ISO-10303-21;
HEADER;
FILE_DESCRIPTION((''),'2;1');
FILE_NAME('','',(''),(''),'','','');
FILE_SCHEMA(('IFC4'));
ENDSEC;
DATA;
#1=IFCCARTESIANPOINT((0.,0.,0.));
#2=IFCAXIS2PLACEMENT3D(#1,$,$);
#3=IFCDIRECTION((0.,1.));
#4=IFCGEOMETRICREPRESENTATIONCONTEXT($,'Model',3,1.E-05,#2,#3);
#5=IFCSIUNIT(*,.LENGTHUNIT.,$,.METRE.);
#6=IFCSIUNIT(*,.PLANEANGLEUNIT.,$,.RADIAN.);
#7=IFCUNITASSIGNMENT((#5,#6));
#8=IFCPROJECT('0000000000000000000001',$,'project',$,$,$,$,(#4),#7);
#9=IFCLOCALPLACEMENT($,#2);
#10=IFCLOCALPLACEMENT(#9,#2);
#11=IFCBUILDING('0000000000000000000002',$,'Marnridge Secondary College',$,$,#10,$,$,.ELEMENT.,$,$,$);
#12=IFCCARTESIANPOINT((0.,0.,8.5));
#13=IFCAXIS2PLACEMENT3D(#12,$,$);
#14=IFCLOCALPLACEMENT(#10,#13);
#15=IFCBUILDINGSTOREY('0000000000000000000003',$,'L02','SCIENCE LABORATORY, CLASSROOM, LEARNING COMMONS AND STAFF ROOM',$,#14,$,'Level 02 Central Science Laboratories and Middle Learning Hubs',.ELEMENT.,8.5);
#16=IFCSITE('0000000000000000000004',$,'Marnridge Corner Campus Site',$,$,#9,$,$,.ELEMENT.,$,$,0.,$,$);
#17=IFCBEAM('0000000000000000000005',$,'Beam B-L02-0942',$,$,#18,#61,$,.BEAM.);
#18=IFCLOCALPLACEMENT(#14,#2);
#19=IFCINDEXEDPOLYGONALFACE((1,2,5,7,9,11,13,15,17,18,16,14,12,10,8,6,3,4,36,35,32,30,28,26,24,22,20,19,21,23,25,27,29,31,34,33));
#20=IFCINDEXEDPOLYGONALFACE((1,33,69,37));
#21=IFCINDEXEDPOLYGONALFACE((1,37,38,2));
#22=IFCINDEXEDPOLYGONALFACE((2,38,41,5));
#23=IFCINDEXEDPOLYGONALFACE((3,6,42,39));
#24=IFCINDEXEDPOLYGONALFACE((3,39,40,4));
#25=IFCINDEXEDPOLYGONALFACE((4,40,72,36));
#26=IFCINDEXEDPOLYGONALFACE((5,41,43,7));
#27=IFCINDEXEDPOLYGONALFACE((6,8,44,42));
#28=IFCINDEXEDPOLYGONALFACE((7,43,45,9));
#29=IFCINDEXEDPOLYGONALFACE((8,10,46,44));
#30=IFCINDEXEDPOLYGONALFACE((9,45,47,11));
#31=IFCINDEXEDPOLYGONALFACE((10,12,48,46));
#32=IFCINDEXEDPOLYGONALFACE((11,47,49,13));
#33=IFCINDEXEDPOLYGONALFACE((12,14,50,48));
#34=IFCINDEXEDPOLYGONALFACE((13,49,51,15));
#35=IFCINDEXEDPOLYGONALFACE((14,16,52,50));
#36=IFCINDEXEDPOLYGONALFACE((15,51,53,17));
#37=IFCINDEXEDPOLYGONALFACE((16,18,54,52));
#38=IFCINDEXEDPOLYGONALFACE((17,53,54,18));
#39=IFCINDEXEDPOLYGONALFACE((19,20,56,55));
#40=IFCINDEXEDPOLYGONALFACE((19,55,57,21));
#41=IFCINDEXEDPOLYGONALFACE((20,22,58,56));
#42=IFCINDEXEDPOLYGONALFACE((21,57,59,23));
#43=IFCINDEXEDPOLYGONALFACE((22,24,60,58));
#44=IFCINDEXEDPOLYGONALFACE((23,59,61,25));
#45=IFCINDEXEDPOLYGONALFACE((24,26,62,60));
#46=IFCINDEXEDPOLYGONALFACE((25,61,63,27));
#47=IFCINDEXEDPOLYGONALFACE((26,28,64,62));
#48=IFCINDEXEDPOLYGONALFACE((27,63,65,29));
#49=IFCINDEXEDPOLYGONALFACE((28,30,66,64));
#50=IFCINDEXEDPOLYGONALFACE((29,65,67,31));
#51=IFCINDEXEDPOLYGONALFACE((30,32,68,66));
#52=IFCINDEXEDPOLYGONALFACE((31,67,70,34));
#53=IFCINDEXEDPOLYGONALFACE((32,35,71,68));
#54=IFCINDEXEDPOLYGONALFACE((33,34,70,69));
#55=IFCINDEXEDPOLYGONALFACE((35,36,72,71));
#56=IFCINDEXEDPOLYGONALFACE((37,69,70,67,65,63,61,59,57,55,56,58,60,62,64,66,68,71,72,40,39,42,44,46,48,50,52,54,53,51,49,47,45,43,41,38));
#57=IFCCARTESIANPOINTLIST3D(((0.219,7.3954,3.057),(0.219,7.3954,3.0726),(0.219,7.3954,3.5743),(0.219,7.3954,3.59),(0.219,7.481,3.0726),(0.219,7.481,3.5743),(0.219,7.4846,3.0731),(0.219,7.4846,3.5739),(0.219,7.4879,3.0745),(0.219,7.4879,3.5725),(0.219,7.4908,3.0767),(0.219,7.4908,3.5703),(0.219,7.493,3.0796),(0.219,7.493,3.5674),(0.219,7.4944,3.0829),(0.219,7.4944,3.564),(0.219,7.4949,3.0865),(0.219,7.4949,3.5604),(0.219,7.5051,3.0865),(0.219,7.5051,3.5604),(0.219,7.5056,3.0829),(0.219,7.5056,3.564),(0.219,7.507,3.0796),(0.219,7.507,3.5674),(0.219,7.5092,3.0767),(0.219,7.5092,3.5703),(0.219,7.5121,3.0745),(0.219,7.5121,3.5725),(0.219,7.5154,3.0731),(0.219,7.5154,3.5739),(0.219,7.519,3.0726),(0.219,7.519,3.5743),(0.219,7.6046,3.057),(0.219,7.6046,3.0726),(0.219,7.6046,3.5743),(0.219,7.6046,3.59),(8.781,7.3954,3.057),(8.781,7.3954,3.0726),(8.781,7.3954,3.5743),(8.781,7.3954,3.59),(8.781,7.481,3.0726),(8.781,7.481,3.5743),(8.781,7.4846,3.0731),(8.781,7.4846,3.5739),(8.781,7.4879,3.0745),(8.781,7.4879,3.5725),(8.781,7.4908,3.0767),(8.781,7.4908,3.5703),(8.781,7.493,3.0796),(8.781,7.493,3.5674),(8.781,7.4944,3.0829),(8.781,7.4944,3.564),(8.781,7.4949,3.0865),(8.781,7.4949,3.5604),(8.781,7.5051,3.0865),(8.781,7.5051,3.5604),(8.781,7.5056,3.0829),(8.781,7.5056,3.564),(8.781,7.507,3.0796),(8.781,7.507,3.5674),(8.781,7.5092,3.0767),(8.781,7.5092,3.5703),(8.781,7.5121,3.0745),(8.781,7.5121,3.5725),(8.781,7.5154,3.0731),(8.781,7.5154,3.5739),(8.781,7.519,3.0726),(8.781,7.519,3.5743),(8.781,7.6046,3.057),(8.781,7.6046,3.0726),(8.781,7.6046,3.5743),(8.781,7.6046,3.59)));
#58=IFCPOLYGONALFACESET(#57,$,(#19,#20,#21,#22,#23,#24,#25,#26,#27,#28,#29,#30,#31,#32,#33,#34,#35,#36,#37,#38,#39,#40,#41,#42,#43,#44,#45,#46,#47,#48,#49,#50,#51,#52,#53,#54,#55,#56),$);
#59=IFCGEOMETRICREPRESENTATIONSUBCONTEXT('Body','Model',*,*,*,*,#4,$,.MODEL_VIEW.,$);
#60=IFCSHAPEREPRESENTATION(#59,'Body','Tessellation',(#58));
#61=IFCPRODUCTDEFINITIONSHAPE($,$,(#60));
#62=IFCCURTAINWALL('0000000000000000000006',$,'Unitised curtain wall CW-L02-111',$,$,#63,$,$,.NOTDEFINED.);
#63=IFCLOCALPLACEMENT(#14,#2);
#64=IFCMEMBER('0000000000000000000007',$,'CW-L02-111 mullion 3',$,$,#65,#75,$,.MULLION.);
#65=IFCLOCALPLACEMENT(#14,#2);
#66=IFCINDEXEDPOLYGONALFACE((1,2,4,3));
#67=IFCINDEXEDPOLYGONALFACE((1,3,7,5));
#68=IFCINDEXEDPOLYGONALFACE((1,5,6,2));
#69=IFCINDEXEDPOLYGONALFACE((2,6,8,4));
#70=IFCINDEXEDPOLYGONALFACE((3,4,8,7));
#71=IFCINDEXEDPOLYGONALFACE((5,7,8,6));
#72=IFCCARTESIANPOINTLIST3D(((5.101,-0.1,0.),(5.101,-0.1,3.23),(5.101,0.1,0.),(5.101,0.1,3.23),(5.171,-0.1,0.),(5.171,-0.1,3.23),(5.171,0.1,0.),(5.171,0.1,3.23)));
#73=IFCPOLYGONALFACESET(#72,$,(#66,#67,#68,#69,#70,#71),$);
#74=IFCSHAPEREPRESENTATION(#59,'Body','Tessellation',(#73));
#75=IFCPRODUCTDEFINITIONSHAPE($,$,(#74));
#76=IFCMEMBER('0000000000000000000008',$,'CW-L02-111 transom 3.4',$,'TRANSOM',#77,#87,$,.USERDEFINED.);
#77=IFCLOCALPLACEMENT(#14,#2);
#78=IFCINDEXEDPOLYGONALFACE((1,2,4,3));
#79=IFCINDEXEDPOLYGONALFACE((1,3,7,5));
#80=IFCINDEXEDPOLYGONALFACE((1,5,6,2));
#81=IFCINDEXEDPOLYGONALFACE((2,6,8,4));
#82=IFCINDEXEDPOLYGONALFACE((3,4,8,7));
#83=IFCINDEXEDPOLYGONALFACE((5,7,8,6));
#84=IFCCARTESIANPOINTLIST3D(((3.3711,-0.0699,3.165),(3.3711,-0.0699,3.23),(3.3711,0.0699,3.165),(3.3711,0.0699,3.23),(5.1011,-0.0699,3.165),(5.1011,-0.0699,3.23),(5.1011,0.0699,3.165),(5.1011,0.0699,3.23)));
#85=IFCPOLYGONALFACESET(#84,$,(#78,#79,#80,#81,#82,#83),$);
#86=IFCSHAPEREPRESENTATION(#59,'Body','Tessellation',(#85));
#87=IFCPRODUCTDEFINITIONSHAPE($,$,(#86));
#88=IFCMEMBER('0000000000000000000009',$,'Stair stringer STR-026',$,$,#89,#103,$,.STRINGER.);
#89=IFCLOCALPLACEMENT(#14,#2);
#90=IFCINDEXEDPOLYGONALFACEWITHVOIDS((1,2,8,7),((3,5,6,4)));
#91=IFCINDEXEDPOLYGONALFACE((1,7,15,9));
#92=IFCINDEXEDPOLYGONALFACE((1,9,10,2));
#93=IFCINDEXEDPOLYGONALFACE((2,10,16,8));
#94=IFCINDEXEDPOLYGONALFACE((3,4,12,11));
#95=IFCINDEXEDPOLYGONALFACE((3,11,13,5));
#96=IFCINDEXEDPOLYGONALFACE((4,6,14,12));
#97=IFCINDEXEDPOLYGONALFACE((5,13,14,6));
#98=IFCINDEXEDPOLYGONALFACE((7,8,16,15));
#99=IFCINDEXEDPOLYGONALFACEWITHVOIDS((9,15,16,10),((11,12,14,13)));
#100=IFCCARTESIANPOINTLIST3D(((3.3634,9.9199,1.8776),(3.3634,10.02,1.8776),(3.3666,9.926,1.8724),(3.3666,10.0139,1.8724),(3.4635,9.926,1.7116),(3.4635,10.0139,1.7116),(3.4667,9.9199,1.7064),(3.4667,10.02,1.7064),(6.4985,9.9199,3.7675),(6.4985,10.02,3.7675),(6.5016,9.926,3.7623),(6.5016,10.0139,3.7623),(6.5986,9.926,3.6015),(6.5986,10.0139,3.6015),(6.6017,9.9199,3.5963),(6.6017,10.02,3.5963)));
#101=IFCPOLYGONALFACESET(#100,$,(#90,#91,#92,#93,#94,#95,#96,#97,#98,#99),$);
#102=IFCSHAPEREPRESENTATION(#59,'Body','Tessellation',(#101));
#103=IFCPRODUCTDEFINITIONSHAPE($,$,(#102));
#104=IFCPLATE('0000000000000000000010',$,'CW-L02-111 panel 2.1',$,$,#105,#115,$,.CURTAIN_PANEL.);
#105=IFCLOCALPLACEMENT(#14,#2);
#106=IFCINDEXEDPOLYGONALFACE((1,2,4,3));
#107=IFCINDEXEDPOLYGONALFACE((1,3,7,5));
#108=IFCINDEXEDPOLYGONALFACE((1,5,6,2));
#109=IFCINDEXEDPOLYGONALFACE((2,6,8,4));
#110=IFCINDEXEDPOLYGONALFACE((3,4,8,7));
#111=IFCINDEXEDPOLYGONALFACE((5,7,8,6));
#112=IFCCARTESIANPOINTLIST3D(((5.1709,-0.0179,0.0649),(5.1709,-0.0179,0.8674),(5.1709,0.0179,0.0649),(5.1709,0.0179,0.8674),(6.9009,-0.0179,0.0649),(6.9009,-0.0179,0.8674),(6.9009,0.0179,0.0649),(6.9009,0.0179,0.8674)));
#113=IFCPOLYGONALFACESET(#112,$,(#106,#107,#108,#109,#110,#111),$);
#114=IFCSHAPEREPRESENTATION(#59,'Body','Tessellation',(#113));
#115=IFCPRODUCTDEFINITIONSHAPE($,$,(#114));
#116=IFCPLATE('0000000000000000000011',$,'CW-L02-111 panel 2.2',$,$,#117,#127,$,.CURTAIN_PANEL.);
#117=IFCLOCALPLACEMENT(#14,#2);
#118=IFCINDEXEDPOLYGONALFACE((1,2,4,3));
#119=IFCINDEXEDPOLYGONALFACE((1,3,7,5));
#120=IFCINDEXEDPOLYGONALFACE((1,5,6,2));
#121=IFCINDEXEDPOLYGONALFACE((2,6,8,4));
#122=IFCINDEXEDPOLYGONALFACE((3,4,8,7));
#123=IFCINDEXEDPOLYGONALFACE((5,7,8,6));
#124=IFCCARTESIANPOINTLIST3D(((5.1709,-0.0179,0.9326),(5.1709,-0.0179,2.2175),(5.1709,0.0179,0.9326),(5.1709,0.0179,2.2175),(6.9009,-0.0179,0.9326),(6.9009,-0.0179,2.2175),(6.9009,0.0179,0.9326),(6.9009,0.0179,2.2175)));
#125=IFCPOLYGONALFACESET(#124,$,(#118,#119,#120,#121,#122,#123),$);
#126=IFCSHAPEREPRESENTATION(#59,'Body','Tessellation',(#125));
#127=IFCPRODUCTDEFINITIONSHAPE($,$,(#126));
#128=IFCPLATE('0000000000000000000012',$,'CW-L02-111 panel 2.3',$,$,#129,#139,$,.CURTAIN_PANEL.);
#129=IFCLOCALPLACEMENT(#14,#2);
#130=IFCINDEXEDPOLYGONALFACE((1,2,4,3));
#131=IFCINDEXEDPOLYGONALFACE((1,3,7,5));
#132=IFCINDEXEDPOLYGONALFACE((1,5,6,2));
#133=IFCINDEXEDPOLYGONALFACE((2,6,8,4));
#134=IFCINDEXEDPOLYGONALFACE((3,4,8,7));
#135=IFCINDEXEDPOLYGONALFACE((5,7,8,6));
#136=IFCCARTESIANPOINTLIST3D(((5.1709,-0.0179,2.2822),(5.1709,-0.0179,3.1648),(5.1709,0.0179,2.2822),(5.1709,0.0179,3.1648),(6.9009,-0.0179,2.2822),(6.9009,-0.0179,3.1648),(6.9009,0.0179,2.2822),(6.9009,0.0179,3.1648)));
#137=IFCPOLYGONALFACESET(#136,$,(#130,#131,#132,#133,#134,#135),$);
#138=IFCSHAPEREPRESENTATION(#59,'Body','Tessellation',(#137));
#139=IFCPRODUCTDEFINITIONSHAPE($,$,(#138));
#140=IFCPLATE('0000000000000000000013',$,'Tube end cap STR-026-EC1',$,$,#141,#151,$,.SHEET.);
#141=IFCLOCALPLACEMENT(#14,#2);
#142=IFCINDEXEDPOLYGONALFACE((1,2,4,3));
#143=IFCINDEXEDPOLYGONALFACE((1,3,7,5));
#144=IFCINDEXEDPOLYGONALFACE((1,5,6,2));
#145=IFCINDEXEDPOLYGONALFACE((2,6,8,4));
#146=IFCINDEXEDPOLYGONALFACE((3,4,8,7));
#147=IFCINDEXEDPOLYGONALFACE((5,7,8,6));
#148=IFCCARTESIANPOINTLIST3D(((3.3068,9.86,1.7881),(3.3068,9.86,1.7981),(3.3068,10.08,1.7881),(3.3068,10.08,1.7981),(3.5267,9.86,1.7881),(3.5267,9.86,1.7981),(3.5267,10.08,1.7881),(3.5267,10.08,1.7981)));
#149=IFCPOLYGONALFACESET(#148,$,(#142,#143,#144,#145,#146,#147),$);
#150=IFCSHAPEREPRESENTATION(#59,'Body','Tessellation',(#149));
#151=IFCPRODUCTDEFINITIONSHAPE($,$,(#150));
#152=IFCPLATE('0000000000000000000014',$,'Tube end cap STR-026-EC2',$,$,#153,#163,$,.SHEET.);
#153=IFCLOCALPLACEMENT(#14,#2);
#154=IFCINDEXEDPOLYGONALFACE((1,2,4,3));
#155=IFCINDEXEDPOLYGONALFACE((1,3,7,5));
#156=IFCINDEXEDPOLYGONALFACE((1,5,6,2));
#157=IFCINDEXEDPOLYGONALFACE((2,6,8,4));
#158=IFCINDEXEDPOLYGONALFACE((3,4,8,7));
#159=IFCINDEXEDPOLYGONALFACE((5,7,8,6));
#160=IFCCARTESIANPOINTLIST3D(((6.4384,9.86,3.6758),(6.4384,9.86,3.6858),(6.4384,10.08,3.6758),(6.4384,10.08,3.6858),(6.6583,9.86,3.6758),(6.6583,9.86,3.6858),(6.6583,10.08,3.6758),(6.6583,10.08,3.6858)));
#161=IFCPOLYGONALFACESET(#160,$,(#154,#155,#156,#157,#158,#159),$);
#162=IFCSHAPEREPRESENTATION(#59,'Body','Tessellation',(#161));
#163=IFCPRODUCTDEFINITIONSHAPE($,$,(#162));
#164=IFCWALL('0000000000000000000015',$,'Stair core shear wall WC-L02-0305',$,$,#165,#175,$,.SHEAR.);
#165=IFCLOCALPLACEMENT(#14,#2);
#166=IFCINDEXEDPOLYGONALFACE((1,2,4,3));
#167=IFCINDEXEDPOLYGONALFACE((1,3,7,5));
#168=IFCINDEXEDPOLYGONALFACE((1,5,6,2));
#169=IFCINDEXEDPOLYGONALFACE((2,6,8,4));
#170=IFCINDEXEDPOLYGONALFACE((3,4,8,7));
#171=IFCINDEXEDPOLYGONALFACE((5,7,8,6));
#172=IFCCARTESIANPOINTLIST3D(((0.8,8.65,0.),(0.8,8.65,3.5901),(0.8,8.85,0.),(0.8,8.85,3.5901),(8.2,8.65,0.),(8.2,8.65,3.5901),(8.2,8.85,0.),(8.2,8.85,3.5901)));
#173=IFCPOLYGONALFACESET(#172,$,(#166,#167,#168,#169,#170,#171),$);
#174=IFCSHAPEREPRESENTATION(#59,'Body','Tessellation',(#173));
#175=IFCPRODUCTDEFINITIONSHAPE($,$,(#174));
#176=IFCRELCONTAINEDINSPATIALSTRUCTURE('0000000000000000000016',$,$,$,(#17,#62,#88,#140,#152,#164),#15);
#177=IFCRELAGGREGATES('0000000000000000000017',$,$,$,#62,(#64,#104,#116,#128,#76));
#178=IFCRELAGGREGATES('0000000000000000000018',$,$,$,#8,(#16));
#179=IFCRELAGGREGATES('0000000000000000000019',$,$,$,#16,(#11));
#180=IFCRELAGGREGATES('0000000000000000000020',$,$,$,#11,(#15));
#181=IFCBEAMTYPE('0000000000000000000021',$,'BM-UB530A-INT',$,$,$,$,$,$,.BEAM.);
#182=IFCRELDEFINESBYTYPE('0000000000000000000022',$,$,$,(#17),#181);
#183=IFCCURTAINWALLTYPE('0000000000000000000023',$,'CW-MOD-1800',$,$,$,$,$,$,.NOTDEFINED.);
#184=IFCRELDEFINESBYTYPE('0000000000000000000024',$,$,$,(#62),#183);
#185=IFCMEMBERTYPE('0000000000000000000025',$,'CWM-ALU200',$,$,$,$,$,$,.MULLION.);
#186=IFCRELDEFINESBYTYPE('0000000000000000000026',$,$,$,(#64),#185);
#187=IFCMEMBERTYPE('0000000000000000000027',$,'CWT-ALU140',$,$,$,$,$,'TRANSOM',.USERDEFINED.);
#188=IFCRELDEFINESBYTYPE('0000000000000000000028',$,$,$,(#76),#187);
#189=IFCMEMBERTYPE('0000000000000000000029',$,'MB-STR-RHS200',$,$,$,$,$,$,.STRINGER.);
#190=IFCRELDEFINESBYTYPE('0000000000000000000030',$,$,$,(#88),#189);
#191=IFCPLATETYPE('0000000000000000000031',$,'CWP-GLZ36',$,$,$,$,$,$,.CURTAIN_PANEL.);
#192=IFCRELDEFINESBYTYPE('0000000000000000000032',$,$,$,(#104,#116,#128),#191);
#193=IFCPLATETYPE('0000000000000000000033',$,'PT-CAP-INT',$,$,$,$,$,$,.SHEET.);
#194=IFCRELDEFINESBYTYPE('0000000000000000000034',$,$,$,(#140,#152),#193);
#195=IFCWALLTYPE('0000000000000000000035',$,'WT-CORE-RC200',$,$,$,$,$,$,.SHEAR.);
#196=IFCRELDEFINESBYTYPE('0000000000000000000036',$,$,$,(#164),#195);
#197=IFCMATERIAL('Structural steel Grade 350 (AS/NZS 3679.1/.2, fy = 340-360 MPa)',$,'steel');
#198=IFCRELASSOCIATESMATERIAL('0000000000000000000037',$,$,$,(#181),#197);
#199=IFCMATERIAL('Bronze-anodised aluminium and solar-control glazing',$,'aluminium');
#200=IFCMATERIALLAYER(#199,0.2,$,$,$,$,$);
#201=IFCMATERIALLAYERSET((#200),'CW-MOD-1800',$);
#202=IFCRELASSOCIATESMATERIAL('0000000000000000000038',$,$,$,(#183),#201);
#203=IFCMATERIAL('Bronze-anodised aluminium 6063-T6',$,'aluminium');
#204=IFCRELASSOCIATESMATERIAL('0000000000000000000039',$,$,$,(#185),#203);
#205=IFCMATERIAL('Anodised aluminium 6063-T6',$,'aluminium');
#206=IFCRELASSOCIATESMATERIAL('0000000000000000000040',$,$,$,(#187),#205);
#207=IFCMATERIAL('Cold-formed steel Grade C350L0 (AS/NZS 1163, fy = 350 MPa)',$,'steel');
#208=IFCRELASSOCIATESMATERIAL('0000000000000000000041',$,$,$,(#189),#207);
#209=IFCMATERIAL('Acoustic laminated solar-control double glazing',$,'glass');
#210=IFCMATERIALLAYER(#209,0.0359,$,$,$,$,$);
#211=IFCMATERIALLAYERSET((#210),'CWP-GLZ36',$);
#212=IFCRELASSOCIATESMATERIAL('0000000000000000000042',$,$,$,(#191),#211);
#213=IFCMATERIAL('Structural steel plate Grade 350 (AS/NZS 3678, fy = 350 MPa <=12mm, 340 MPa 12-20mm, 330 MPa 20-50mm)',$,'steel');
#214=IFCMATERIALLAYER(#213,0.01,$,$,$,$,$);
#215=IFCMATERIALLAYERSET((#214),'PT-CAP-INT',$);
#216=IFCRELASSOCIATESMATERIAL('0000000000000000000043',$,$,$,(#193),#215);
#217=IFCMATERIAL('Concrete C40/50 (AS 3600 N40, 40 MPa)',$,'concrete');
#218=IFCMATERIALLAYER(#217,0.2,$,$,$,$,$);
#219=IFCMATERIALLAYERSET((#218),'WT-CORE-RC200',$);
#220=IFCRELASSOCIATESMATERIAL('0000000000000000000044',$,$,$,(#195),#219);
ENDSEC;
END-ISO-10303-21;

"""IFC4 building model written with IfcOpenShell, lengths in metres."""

from ifc_helpers import new_model, si_unit, direction, frame, frame_2d, origin, origin_2d, place, context, subcontext, project, spatial, rectangle, hollow_rectangle, i_section, extrude, material, layer, layer_set, material_profile, profile_set, type_object, element, aggregate, save


model = new_model("IFC4")

# Units and contexts
model_context = context("Model", 3, precision=1e-05, world=origin(), true_north=direction((0.0, 1.0)))
body_context = subcontext(model_context, "Body", "Model", "MODEL_VIEW")
ifc_project = project(units=[si_unit("LENGTHUNIT", "METRE"), si_unit("PLANEANGLEUNIT", "RADIAN")], contexts=[model_context])

# Site, building, storey
site_placement = place(None, origin())
site = spatial("IfcSite", under=ifc_project, at=site_placement, Name="Marnridge Corner Campus Site", CompositionType="ELEMENT", RefElevation=0.0)
building_placement = place(site_placement, origin())
building = spatial("IfcBuilding", under=site, at=building_placement, Name="Marnridge Secondary College", CompositionType="ELEMENT")
storey_placement = place(building_placement, frame((0.0, 0.0, 8.5)))
storey = spatial("IfcBuildingStorey", under=building, at=storey_placement, Name="L02", Description="SCIENCE LABORATORY, CLASSROOM, LEARNING COMMONS AND STAFF ROOM", LongName="Level 02 Central Science Laboratories and Middle Learning Hubs", CompositionType="ELEMENT", Elevation=8.5)

# Beam
ifc_material_1 = material(Name="Structural steel Grade 350 (AS/NZS 3679.1/.2, fy = 340-360 MPa)", Category="steel")
ifc_material_profile_1 = material_profile(ifc_material_1, i_section(OverallWidth=0.2092, OverallDepth=0.533, WebThickness=0.0103, FlangeThickness=0.0156, FilletRadius=0.0139, at=origin_2d()), Name="530UB92.4")
ifc_profile_set_1 = profile_set([ifc_material_profile_1], Name="Structural steel Grade 350 (AS/NZS 3679.1/.2, fy = 340-360 MPa)")
beam_type_1 = type_object("IfcBeamType", Name="BM-UB530A-INT", PredefinedType="BEAM", material=ifc_profile_set_1)
beam_1_placement = place(storey_placement, frame((0.219, 7.5, 3.3235), z_axis=(1.0, 0.0, 0.0), x_axis=(0.0, 1.0, 0.0)))
element("IfcBeam", 1, at=beam_1_placement, inside=storey, type_object=beam_type_1, Name="Beam B-L02-0942", PredefinedType="BEAM", context=body_context, shape_type="SweptSolid", body=[
    extrude(i_section(OverallWidth=0.2092, OverallDepth=0.533, WebThickness=0.0103, FlangeThickness=0.0156, FilletRadius=0.0139, at=origin_2d()), origin(), (0.0, 0.0, 1.0), 8.562),
])

# Curtain wall, members
ifc_material_2 = material(Name="Bronze-anodised aluminium and solar-control glazing", Category="aluminium")
ifc_layer_1 = layer(ifc_material_2, 0.2)
ifc_layer_set_1 = layer_set([ifc_layer_1], Name="CW-MOD-1800")
curtain_wall_type = type_object("IfcCurtainWallType", Name="CW-MOD-1800", PredefinedType="NOTDEFINED", material=ifc_layer_set_1)
curtain_wall_placement = place(storey_placement, origin())
curtain_wall = element("IfcCurtainWall", 2, at=curtain_wall_placement, inside=storey, type_object=curtain_wall_type, Name="Unitised curtain wall CW-L02-111", PredefinedType="NOTDEFINED")
ifc_material_3 = material(Name="Bronze-anodised aluminium 6063-T6", Category="aluminium")
ifc_material_profile_2 = material_profile(ifc_material_3, rectangle(XDim=0.0701, YDim=0.2, at=origin_2d()), Name="ALU 70x200")
ifc_profile_set_2 = profile_set([ifc_material_profile_2], Name="Bronze-anodised aluminium 6063-T6")
member_type_1 = type_object("IfcMemberType", Name="CWM-ALU200", PredefinedType="MULLION", material=ifc_profile_set_2)
member_1_placement = place(storey_placement, frame((5.136, 0.0, 0.0), z_axis=(0.0, 0.0, 1.0), x_axis=(-1.0, 0.0, 0.0)))
member_1 = element("IfcMember", 3, at=member_1_placement, type_object=member_type_1, Name="CW-L02-111 mullion 3", PredefinedType="MULLION", context=body_context, shape_type="SweptSolid", body=[
    extrude(rectangle(XDim=0.0701, YDim=0.2, at=origin_2d()), origin(), (0.0, 0.0, 1.0), 3.23),
])
ifc_material_4 = material(Name="Anodised aluminium 6063-T6", Category="aluminium")
ifc_material_profile_3 = material_profile(ifc_material_4, rectangle(XDim=0.0649, YDim=0.1399, at=origin_2d()), Name="ALU 65x140")
ifc_profile_set_3 = profile_set([ifc_material_profile_3], Name="Anodised aluminium 6063-T6")
member_type_2 = type_object("IfcMemberType", Name="CWT-ALU140", ElementType="TRANSOM", PredefinedType="USERDEFINED", material=ifc_profile_set_3)
member_2_placement = place(storey_placement, frame((5.1011, 0.0, 3.1975), z_axis=(-1.0, 0.0, 0.0), x_axis=(0.0, 0.0, 1.0)))
member_2 = element("IfcMember", 4, at=member_2_placement, type_object=member_type_2, Name="CW-L02-111 transom 3.4", ObjectType="TRANSOM", PredefinedType="USERDEFINED", context=body_context, shape_type="SweptSolid", body=[
    extrude(rectangle(XDim=0.0649, YDim=0.1399, at=origin_2d()), origin(), (0.0, 0.0, 1.0), 1.73),
])

# Member
ifc_material_5 = material(Name="Cold-formed steel Grade C350L0 (AS/NZS 1163, fy = 350 MPa)", Category="steel")
ifc_material_profile_4 = material_profile(ifc_material_5, hollow_rectangle(XDim=0.1001, YDim=0.2, WallThickness=0.0061, at=origin_2d()), Name="200x100x6.0RHS")
ifc_profile_set_4 = profile_set([ifc_material_profile_4], Name="Cold-formed steel Grade C350L0 (AS/NZS 1163, fy = 350 MPa)")
member_type_3 = type_object("IfcMemberType", Name="MB-STR-RHS200", PredefinedType="STRINGER", material=ifc_profile_set_4)
member_3_placement = place(storey_placement, frame((3.415, 9.97, 1.792), z_axis=(0.85642, 0.0, 0.51628), x_axis=(0.0, 1.0, 0.0)))
element("IfcMember", 5, at=member_3_placement, inside=storey, type_object=member_type_3, Name="Stair stringer STR-026", PredefinedType="STRINGER", context=body_context, shape_type="SweptSolid", body=[
    extrude(hollow_rectangle(XDim=0.1001, YDim=0.2, WallThickness=0.0061, at=origin_2d()), origin(), (0.0, 0.0, 1.0), 3.6606),
])

# Plates
ifc_material_6 = material(Name="Acoustic laminated solar-control double glazing", Category="glass")
ifc_layer_2 = layer(ifc_material_6, 0.0359)
ifc_layer_set_2 = layer_set([ifc_layer_2], Name="CWP-GLZ36")
plate_type_1 = type_object("IfcPlateType", Name="CWP-GLZ36", PredefinedType="CURTAIN_PANEL", material=ifc_layer_set_2)
plate_1_placement = place(storey_placement, frame((6.0359, 0.0, 0.0649), z_axis=(0.0, 0.0, 1.0), x_axis=(-1.0, 0.0, 0.0)))
plate_1 = element("IfcPlate", 6, at=plate_1_placement, type_object=plate_type_1, Name="CW-L02-111 panel 2.1", PredefinedType="CURTAIN_PANEL", context=body_context, shape_type="SweptSolid", body=[
    extrude(rectangle(XDim=1.73, YDim=0.0359, at=origin_2d()), origin(), (0.0, 0.0, 1.0), 0.8025),
])
plate_2_placement = place(storey_placement, frame((6.0359, 0.0, 0.9326), z_axis=(0.0, 0.0, 1.0), x_axis=(-1.0, 0.0, 0.0)))
plate_2 = element("IfcPlate", 7, at=plate_2_placement, type_object=plate_type_1, Name="CW-L02-111 panel 2.2", PredefinedType="CURTAIN_PANEL", context=body_context, shape_type="SweptSolid", body=[
    extrude(rectangle(XDim=1.73, YDim=0.0359, at=origin_2d()), origin(), (0.0, 0.0, 1.0), 1.2849),
])
plate_3_placement = place(storey_placement, frame((6.0359, 0.0, 2.2822), z_axis=(0.0, 0.0, 1.0), x_axis=(-1.0, 0.0, 0.0)))
plate_3 = element("IfcPlate", 8, at=plate_3_placement, type_object=plate_type_1, Name="CW-L02-111 panel 2.3", PredefinedType="CURTAIN_PANEL", context=body_context, shape_type="SweptSolid", body=[
    extrude(rectangle(XDim=1.73, YDim=0.0359, at=origin_2d()), origin(), (0.0, 0.0, 1.0), 0.8826),
])
aggregate(curtain_wall, [member_1, plate_1, plate_2, plate_3, member_2])

# Plates
ifc_material_7 = material(Name="Structural steel plate Grade 350 (AS/NZS 3678, fy = 350 MPa <=12mm, 340 MPa 12-20mm, 330 MPa 20-50mm)", Category="steel")
ifc_layer_3 = layer(ifc_material_7, 0.01)
ifc_layer_set_3 = layer_set([ifc_layer_3], Name="PT-CAP-INT")
plate_type_2 = type_object("IfcPlateType", Name="PT-CAP-INT", PredefinedType="SHEET", material=ifc_layer_set_3)
for number, where, z_axis, x_axis, name in (
    (9, (3.4167, 9.97, 1.7881), (0.0, 0.0, 1.0), (1.0, 0.0, 0.0), "Tube end cap STR-026-EC1"),
    (10, (6.5483, 9.97, 3.6758), (0.0, 0.0, 1.0), (1.0, 0.0, 0.0), "Tube end cap STR-026-EC2"),
):
    element("IfcPlate", number, at=place(storey_placement, frame(where, z_axis=z_axis, x_axis=x_axis)), inside=storey, type_object=plate_type_2, Name=name, PredefinedType="SHEET", context=body_context, shape_type="SweptSolid", body=[
        extrude(rectangle(XDim=0.22, YDim=0.22, at=origin_2d()), origin(), (0.0, 0.0, 1.0), 0.01),
    ])

# Wall
ifc_material_8 = material(Name="Concrete C40/50 (AS 3600 N40, 40 MPa)", Category="concrete")
ifc_layer_4 = layer(ifc_material_8, 0.2)
ifc_layer_set_4 = layer_set([ifc_layer_4], Name="WT-CORE-RC200")
wall_type_1 = type_object("IfcWallType", Name="WT-CORE-RC200", PredefinedType="SHEAR", material=ifc_layer_set_4)
wall_placement = place(storey_placement, frame((0.8, 8.75, 0.0), z_axis=(0.0, 0.0, 1.0), x_axis=(1.0, 0.0, 0.0)))
element("IfcWall", 11, at=wall_placement, inside=storey, type_object=wall_type_1, Name="Stair core shear wall WC-L02-0305", PredefinedType="SHEAR", context=body_context, shape_type="SweptSolid", body=[
    extrude(rectangle(XDim=7.3999, YDim=0.2, at=frame_2d((3.7, 0.0))), origin(), (0.0, 0.0, 1.0), 3.5901),
])

save(model, "model.ifc")
